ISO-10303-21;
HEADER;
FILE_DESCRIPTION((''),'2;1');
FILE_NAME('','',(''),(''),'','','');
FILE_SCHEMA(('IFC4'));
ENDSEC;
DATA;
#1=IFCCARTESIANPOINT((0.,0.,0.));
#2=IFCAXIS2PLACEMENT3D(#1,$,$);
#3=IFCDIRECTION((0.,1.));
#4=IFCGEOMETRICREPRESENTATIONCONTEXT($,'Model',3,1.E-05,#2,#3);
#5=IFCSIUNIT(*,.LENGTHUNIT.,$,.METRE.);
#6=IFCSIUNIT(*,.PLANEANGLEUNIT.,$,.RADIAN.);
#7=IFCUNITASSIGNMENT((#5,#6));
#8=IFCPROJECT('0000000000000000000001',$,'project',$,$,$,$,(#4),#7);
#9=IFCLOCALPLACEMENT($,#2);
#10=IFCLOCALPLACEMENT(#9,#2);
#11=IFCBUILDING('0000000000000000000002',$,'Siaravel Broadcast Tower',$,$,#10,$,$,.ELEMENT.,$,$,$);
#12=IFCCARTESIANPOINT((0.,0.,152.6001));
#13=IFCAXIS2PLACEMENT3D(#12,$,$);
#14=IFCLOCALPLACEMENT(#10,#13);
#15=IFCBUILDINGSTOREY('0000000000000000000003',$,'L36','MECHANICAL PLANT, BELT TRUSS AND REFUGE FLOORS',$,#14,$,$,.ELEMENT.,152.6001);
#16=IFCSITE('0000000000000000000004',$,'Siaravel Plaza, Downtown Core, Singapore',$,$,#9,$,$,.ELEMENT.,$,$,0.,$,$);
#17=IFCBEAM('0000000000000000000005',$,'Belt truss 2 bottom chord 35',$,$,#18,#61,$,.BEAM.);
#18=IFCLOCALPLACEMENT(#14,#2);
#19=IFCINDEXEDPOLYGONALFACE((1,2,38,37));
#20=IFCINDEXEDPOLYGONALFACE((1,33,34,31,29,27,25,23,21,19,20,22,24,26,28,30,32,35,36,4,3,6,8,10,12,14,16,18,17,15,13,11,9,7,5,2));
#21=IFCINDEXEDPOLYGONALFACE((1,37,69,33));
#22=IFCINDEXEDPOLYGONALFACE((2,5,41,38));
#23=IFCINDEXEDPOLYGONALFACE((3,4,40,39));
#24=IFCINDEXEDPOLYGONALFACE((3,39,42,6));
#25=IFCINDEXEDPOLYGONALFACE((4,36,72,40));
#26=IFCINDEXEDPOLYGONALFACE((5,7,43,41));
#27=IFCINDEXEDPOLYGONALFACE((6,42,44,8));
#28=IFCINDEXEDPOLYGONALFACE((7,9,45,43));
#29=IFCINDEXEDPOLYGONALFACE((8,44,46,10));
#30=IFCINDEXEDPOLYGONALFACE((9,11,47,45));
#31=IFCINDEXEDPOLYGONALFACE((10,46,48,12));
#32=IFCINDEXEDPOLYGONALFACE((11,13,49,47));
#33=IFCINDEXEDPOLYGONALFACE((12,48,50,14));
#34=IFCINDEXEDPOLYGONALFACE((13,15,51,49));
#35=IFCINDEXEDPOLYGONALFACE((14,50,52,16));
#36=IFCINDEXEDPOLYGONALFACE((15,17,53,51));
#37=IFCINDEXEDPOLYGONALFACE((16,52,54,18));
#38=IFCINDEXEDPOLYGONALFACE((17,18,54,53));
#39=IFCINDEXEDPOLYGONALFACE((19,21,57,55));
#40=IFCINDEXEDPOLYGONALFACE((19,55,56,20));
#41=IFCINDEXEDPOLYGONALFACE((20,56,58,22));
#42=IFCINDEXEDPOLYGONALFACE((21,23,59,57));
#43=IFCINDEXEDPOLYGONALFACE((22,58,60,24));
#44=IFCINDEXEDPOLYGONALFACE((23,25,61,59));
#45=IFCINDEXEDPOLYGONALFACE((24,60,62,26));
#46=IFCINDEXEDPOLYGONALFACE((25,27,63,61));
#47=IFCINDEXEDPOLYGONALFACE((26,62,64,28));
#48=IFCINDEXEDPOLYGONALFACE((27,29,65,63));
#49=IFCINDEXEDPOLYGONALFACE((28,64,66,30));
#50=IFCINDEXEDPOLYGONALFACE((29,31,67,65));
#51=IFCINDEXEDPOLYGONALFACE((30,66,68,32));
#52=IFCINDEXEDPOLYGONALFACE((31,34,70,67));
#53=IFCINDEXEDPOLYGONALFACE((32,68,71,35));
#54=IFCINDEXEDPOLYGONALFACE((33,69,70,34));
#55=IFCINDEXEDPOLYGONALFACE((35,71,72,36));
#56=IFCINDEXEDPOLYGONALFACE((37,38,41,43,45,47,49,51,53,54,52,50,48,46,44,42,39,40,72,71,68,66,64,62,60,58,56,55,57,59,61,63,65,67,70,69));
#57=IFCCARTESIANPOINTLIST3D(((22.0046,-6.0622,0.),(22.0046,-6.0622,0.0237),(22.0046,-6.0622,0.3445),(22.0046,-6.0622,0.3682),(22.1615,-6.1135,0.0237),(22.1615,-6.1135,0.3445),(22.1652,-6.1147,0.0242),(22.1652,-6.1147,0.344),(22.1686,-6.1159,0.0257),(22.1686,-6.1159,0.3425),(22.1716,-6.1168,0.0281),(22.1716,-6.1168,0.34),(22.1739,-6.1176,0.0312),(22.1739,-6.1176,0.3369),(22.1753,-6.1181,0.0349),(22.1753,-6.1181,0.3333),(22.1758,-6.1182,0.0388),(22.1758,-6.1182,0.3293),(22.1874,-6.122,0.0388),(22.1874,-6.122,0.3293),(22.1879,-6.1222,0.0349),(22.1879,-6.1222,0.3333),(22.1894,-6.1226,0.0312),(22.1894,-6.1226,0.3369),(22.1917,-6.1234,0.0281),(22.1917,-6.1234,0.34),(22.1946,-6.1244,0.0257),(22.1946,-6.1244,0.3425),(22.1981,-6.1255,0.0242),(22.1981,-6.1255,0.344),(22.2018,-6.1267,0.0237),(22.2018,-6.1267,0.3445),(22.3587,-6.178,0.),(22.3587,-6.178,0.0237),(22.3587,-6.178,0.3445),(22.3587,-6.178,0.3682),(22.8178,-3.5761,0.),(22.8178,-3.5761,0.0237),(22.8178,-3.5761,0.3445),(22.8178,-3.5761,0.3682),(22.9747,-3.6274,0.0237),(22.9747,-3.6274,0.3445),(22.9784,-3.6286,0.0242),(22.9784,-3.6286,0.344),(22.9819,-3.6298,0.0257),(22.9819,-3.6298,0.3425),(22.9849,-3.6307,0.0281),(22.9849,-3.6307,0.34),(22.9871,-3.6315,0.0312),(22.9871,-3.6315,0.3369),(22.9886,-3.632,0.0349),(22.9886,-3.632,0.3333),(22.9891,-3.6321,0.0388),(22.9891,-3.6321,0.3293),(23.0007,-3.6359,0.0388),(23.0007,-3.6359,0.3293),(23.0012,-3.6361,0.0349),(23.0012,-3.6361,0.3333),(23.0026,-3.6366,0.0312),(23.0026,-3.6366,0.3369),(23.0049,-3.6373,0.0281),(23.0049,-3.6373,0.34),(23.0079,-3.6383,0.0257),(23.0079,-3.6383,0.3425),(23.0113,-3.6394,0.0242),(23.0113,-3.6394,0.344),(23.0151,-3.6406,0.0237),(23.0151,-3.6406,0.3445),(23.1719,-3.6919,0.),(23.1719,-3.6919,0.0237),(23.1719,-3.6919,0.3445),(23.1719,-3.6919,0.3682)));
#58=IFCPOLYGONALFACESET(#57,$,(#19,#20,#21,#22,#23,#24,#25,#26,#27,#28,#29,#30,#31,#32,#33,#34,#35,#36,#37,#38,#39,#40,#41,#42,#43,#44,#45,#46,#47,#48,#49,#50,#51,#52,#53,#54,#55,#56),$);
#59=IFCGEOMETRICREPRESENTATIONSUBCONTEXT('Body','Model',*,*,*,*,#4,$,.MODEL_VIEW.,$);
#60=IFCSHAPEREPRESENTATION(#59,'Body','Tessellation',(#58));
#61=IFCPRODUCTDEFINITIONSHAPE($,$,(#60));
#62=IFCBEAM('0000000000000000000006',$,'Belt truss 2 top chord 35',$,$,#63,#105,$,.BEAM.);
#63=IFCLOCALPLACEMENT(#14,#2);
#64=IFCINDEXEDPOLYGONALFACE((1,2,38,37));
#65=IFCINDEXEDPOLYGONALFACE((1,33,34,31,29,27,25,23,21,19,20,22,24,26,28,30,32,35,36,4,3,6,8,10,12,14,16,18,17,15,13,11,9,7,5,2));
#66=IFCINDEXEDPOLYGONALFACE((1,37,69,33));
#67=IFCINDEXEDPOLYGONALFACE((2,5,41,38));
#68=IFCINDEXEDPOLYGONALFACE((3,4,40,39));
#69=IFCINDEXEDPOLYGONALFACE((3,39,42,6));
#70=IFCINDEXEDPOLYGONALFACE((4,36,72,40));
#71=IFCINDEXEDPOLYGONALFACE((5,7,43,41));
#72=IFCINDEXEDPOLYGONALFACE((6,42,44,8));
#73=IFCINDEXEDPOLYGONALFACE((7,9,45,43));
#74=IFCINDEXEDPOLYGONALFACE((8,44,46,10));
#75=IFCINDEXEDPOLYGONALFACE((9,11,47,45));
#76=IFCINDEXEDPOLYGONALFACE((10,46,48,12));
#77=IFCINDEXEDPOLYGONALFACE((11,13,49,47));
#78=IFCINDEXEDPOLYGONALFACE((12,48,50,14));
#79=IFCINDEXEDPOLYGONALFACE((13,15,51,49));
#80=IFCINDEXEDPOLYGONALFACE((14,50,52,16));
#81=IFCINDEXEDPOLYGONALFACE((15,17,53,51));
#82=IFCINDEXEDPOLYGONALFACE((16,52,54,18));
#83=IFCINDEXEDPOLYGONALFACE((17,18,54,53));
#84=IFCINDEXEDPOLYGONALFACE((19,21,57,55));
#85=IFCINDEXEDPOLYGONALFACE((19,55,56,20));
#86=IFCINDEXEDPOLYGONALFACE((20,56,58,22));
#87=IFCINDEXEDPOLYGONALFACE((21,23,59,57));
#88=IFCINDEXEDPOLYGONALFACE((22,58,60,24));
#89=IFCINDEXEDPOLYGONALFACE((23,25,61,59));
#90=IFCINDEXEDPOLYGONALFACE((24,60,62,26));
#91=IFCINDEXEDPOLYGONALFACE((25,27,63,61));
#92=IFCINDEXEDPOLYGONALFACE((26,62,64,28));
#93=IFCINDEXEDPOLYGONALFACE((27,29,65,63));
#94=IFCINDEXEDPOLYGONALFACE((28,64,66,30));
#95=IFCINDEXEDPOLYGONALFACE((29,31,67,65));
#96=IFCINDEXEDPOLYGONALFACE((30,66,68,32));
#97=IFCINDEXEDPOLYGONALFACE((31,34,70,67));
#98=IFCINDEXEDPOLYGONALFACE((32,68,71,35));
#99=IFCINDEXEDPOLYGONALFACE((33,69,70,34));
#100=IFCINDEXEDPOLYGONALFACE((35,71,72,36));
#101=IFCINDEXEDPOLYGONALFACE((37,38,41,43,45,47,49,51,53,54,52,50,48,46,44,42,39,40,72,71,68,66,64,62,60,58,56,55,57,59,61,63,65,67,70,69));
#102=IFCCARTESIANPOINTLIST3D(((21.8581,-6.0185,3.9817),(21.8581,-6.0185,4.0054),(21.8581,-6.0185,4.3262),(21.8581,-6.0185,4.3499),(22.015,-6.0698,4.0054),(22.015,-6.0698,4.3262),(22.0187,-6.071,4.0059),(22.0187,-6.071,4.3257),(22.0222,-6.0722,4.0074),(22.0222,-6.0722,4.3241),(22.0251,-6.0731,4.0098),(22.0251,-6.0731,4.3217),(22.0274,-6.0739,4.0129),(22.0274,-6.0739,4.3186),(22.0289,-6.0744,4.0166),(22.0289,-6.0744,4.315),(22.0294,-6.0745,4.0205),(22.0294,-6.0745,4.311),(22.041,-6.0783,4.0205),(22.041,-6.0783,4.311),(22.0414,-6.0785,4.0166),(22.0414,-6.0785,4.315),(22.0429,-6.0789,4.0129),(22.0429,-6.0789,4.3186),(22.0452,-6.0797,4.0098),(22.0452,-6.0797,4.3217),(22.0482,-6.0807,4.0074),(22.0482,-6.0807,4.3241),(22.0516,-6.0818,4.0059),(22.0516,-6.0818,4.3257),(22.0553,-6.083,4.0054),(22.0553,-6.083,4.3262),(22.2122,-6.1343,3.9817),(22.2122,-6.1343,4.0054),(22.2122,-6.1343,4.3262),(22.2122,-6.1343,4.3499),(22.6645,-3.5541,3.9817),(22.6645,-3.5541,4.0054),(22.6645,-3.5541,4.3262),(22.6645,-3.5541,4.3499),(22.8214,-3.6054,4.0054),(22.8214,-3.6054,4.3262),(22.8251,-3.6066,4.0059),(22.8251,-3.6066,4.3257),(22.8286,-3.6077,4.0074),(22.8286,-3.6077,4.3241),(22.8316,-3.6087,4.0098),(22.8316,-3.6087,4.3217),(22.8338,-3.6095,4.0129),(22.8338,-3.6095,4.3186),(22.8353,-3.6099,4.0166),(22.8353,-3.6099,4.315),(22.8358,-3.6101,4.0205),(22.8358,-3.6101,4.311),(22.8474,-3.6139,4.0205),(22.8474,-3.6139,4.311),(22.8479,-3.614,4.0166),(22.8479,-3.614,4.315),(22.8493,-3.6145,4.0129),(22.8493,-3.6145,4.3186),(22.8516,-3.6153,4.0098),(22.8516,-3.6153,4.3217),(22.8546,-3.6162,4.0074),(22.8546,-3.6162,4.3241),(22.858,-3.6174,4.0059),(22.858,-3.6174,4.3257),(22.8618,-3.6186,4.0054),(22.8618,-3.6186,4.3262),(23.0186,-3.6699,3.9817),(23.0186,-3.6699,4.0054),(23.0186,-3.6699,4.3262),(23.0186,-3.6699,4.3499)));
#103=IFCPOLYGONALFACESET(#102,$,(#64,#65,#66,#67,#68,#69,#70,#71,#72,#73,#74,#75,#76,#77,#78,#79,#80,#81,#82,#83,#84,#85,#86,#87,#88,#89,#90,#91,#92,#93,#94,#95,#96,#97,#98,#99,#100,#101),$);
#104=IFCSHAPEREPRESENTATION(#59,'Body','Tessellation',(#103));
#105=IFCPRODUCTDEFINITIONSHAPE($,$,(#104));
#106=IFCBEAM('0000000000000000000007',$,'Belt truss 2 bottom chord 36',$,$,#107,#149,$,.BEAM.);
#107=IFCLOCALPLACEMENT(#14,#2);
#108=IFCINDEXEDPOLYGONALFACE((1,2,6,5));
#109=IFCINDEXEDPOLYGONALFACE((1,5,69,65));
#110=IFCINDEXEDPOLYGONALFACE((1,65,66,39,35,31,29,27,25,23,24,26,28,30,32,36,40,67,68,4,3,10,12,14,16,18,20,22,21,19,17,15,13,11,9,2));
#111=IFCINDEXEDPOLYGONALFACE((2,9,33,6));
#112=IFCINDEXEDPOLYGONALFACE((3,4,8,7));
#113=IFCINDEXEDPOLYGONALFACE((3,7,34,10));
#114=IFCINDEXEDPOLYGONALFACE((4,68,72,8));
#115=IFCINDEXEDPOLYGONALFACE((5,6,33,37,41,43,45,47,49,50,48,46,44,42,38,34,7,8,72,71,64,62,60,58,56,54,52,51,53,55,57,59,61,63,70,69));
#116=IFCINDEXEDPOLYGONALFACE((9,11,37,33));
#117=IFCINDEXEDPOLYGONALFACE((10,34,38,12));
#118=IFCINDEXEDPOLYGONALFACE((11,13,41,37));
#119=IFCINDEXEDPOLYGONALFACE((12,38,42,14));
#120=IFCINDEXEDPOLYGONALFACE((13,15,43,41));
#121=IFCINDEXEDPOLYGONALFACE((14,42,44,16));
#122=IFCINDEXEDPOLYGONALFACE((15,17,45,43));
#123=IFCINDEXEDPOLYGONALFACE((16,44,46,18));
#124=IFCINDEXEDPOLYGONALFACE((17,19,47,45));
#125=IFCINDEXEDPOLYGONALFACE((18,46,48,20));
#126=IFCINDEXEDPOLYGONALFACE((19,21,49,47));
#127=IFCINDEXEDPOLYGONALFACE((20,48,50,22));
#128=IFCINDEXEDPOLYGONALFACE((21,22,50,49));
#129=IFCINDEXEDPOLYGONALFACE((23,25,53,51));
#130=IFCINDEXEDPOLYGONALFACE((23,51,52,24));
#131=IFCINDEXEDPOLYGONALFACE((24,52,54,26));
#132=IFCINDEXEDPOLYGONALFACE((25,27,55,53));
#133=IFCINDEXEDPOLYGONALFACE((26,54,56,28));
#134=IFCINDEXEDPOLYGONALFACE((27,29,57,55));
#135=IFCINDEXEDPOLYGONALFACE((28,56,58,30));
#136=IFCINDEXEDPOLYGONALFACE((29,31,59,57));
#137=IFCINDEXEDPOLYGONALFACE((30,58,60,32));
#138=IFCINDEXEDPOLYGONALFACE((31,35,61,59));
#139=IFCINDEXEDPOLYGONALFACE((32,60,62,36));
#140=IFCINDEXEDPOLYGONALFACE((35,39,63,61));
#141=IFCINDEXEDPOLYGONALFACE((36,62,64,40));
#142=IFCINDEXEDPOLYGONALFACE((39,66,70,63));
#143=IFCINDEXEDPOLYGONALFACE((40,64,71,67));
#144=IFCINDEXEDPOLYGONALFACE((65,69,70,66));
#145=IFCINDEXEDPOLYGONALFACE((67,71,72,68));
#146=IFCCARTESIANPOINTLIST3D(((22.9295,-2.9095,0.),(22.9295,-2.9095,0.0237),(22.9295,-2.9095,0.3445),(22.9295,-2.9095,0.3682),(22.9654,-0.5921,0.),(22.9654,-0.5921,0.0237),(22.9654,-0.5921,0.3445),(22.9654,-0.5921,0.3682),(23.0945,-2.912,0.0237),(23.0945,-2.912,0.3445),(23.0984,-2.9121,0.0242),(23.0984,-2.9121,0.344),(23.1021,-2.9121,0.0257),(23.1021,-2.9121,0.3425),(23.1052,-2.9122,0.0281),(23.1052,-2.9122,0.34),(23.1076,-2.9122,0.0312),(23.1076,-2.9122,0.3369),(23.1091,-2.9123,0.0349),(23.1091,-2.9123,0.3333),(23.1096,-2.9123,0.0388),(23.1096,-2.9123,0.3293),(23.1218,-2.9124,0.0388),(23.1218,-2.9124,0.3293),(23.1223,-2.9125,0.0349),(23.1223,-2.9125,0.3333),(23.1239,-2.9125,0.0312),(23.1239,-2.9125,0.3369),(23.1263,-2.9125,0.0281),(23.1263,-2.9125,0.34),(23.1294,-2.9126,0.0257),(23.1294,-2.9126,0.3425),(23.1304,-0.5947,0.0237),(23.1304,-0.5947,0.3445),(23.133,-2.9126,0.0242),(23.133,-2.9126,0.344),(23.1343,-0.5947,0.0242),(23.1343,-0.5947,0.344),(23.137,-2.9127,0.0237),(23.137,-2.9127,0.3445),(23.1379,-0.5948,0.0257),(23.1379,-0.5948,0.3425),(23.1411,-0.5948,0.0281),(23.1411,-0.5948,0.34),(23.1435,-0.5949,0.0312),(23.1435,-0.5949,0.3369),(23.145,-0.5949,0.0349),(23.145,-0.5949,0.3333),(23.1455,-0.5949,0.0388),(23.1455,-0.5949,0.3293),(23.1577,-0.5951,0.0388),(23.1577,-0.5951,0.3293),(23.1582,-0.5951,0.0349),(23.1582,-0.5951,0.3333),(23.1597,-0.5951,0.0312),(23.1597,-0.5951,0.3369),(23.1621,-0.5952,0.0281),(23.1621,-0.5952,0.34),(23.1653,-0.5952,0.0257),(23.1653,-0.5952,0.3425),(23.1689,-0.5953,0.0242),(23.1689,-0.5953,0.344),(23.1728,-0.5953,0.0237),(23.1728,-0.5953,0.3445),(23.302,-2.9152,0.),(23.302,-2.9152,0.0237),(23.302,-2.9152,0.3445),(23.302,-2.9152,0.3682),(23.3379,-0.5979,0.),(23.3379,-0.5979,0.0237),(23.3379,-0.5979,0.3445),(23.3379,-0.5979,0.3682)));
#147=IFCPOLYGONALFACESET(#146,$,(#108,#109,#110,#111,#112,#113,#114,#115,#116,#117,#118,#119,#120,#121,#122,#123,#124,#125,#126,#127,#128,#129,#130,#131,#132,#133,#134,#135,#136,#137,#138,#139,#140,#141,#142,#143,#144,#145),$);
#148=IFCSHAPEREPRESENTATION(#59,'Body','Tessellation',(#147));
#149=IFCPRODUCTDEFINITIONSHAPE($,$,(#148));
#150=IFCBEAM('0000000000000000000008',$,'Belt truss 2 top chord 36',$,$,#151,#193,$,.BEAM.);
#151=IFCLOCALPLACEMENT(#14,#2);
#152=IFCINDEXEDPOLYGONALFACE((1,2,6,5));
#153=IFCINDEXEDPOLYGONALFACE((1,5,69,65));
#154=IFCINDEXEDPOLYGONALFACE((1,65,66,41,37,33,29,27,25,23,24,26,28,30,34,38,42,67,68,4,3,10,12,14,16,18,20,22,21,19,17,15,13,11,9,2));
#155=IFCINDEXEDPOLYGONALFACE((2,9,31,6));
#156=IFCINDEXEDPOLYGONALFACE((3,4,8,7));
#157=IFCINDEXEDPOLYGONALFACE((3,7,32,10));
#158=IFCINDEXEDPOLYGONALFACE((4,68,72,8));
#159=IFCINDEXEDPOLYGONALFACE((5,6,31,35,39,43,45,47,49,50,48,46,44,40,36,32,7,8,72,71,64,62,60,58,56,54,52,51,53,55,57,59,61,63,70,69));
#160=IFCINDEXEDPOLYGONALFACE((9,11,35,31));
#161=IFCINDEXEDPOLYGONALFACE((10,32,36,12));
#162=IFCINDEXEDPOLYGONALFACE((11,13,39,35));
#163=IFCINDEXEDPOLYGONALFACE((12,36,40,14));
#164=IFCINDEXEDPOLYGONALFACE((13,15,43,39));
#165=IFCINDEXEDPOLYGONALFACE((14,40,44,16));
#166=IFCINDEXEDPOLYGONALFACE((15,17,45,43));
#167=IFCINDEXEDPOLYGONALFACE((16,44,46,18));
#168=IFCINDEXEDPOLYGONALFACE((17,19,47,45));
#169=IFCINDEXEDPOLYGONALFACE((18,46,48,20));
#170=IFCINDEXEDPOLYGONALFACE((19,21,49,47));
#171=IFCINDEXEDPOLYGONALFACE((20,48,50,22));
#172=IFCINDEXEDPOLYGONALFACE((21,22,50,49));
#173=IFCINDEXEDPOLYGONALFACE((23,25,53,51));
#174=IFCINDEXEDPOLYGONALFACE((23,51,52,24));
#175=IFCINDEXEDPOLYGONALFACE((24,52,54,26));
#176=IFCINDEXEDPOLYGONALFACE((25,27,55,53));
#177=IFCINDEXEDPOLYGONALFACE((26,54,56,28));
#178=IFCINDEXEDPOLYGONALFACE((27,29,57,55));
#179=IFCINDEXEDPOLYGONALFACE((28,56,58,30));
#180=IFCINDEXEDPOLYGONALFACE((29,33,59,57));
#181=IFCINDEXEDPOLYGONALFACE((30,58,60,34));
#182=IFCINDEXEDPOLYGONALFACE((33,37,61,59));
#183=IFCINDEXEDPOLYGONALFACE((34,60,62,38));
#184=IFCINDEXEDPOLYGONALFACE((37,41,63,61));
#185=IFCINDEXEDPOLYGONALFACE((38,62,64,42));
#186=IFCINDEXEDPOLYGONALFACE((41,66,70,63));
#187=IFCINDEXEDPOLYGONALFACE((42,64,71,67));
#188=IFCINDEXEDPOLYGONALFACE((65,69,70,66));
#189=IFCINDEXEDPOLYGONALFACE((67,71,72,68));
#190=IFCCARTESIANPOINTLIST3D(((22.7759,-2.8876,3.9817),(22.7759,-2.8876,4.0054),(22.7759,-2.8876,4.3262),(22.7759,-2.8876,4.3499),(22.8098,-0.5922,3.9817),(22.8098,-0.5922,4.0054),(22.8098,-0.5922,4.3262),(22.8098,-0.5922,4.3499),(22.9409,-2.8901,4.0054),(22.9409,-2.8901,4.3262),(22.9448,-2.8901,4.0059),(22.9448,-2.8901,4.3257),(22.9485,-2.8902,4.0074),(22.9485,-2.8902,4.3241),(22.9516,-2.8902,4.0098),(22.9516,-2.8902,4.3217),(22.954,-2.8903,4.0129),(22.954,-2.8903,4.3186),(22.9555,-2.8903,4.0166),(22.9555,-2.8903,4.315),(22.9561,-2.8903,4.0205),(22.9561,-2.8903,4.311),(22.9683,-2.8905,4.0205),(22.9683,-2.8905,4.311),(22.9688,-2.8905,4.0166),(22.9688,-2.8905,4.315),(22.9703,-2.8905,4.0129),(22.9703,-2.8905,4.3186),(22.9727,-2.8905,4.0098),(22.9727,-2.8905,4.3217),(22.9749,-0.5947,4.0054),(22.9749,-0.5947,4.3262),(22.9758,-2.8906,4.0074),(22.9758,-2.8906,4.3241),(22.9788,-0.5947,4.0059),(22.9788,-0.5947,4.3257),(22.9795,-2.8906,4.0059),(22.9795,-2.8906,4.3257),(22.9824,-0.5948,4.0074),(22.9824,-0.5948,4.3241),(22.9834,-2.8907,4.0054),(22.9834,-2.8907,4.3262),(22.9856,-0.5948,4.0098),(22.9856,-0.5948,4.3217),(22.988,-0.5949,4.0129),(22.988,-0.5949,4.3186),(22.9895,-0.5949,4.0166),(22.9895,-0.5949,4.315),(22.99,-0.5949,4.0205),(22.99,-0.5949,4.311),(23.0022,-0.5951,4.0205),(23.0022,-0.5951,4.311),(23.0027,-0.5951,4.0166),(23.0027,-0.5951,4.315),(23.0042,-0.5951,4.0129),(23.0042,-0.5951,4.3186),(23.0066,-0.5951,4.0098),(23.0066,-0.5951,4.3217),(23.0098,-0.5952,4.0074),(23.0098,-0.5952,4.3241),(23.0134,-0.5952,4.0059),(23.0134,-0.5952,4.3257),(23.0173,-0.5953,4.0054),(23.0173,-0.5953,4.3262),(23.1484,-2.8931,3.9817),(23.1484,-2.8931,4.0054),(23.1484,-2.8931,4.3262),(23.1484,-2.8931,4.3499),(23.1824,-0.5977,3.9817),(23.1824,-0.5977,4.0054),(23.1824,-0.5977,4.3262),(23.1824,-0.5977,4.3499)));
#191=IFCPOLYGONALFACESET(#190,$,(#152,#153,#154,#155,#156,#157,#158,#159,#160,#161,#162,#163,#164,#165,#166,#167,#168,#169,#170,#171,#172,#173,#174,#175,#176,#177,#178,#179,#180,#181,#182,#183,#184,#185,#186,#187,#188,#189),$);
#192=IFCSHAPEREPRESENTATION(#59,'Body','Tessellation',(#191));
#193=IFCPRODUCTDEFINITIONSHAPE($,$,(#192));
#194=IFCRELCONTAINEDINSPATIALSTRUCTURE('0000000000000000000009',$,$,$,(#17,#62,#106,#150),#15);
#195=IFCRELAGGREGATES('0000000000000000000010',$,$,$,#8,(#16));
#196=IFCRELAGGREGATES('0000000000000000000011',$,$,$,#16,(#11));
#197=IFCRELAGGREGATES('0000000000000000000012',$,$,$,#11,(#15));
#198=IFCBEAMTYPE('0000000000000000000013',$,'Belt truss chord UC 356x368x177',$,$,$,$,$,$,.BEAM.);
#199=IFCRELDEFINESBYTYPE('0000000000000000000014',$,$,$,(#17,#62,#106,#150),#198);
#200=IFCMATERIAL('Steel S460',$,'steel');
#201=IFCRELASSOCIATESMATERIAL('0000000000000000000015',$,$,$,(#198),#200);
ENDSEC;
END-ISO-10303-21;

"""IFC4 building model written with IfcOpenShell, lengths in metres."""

from ifc_helpers import new_model, si_unit, direction, frame, origin, origin_2d, place, context, subcontext, project, spatial, i_section, extrude, material, material_profile, profile_set, type_object, element, save


model = new_model("IFC4")

# Units and contexts
model_context = context("Model", 3, precision=1e-05, world=origin(), true_north=direction((0.0, 1.0)))
body_context = subcontext(model_context, "Body", "Model", "MODEL_VIEW")
ifc_project = project(units=[si_unit("LENGTHUNIT", "METRE"), si_unit("PLANEANGLEUNIT", "RADIAN")], contexts=[model_context])

# Site, building, storey
site_placement = place(None, origin())
site = spatial("IfcSite", under=ifc_project, at=site_placement, Name="Siaravel Plaza, Downtown Core, Singapore", CompositionType="ELEMENT", RefElevation=0.0)
building_placement = place(site_placement, origin())
building = spatial("IfcBuilding", under=site, at=building_placement, Name="Siaravel Broadcast Tower", CompositionType="ELEMENT")
storey_placement = place(building_placement, frame((0.0, 0.0, 152.6001)))
storey = spatial("IfcBuildingStorey", under=building, at=storey_placement, Name="L36", Description="MECHANICAL PLANT, BELT TRUSS AND REFUGE FLOORS", CompositionType="ELEMENT", Elevation=152.6001)

# Beams
ifc_material_1 = material(Name="Steel S460", Category="steel")
ifc_material_profile_1 = material_profile(ifc_material_1, i_section(OverallWidth=0.3726, OverallDepth=0.3682, WebThickness=0.0122, FlangeThickness=0.0237, FilletRadius=0.0151, at=origin_2d()))
ifc_profile_set_1 = profile_set([ifc_material_profile_1], Name="Steel S460")
beam_type_1 = type_object("IfcBeamType", Name="Belt truss chord UC 356x368x177", PredefinedType="BEAM", material=ifc_profile_set_1)
beam_1_placement = place(storey_placement, frame((22.1816, -6.1201, 0.1841), z_axis=(0.310903, 0.950442, 0.0), x_axis=(-0.950442, 0.310903, 0.0)))
element("IfcBeam", 1, at=beam_1_placement, inside=storey, type_object=beam_type_1, Name="Belt truss 2 bottom chord 35", PredefinedType="BEAM", context=body_context, shape_type="SweptSolid", body=[
    extrude(i_section(OverallWidth=0.3726, OverallDepth=0.3682, WebThickness=0.0122, FlangeThickness=0.0237, FilletRadius=0.0151, at=origin_2d()), origin(), (0.0, 0.0, 1.0), 2.6157),
])
beam_2_placement = place(storey_placement, frame((22.0352, -6.0764, 4.1658), z_axis=(0.310997, 0.950411, 0.0), x_axis=(-0.950411, 0.310997, 0.0)))
element("IfcBeam", 2, at=beam_2_placement, inside=storey, type_object=beam_type_1, Name="Belt truss 2 top chord 35", PredefinedType="BEAM", context=body_context, shape_type="SweptSolid", body=[
    extrude(i_section(OverallWidth=0.3726, OverallDepth=0.3682, WebThickness=0.0122, FlangeThickness=0.0237, FilletRadius=0.0151, at=origin_2d()), origin(), (0.0, 0.0, 1.0), 2.593),
])
beam_3_placement = place(storey_placement, frame((23.1157, -2.9124, 0.1841), z_axis=(0.015485, 0.99988, 0.0), x_axis=(-0.99988, 0.015485, 0.0)))
element("IfcBeam", 3, at=beam_3_placement, inside=storey, type_object=beam_type_1, Name="Belt truss 2 bottom chord 36", PredefinedType="BEAM", context=body_context, shape_type="SweptSolid", body=[
    extrude(i_section(OverallWidth=0.3726, OverallDepth=0.3682, WebThickness=0.0122, FlangeThickness=0.0237, FilletRadius=0.0151, at=origin_2d()), origin(), (0.0, 0.0, 1.0), 2.3176),
])
beam_4_placement = place(storey_placement, frame((22.9622, -2.8904, 4.1658), z_axis=(0.014782, 0.999891, 0.0), x_axis=(-0.999891, 0.014782, 0.0)))
element("IfcBeam", 4, at=beam_4_placement, inside=storey, type_object=beam_type_1, Name="Belt truss 2 top chord 36", PredefinedType="BEAM", context=body_context, shape_type="SweptSolid", body=[
    extrude(i_section(OverallWidth=0.3726, OverallDepth=0.3682, WebThickness=0.0122, FlangeThickness=0.0237, FilletRadius=0.0151, at=origin_2d()), origin(), (0.0, 0.0, 1.0), 2.2957),
])

save(model, "model.ifc")
